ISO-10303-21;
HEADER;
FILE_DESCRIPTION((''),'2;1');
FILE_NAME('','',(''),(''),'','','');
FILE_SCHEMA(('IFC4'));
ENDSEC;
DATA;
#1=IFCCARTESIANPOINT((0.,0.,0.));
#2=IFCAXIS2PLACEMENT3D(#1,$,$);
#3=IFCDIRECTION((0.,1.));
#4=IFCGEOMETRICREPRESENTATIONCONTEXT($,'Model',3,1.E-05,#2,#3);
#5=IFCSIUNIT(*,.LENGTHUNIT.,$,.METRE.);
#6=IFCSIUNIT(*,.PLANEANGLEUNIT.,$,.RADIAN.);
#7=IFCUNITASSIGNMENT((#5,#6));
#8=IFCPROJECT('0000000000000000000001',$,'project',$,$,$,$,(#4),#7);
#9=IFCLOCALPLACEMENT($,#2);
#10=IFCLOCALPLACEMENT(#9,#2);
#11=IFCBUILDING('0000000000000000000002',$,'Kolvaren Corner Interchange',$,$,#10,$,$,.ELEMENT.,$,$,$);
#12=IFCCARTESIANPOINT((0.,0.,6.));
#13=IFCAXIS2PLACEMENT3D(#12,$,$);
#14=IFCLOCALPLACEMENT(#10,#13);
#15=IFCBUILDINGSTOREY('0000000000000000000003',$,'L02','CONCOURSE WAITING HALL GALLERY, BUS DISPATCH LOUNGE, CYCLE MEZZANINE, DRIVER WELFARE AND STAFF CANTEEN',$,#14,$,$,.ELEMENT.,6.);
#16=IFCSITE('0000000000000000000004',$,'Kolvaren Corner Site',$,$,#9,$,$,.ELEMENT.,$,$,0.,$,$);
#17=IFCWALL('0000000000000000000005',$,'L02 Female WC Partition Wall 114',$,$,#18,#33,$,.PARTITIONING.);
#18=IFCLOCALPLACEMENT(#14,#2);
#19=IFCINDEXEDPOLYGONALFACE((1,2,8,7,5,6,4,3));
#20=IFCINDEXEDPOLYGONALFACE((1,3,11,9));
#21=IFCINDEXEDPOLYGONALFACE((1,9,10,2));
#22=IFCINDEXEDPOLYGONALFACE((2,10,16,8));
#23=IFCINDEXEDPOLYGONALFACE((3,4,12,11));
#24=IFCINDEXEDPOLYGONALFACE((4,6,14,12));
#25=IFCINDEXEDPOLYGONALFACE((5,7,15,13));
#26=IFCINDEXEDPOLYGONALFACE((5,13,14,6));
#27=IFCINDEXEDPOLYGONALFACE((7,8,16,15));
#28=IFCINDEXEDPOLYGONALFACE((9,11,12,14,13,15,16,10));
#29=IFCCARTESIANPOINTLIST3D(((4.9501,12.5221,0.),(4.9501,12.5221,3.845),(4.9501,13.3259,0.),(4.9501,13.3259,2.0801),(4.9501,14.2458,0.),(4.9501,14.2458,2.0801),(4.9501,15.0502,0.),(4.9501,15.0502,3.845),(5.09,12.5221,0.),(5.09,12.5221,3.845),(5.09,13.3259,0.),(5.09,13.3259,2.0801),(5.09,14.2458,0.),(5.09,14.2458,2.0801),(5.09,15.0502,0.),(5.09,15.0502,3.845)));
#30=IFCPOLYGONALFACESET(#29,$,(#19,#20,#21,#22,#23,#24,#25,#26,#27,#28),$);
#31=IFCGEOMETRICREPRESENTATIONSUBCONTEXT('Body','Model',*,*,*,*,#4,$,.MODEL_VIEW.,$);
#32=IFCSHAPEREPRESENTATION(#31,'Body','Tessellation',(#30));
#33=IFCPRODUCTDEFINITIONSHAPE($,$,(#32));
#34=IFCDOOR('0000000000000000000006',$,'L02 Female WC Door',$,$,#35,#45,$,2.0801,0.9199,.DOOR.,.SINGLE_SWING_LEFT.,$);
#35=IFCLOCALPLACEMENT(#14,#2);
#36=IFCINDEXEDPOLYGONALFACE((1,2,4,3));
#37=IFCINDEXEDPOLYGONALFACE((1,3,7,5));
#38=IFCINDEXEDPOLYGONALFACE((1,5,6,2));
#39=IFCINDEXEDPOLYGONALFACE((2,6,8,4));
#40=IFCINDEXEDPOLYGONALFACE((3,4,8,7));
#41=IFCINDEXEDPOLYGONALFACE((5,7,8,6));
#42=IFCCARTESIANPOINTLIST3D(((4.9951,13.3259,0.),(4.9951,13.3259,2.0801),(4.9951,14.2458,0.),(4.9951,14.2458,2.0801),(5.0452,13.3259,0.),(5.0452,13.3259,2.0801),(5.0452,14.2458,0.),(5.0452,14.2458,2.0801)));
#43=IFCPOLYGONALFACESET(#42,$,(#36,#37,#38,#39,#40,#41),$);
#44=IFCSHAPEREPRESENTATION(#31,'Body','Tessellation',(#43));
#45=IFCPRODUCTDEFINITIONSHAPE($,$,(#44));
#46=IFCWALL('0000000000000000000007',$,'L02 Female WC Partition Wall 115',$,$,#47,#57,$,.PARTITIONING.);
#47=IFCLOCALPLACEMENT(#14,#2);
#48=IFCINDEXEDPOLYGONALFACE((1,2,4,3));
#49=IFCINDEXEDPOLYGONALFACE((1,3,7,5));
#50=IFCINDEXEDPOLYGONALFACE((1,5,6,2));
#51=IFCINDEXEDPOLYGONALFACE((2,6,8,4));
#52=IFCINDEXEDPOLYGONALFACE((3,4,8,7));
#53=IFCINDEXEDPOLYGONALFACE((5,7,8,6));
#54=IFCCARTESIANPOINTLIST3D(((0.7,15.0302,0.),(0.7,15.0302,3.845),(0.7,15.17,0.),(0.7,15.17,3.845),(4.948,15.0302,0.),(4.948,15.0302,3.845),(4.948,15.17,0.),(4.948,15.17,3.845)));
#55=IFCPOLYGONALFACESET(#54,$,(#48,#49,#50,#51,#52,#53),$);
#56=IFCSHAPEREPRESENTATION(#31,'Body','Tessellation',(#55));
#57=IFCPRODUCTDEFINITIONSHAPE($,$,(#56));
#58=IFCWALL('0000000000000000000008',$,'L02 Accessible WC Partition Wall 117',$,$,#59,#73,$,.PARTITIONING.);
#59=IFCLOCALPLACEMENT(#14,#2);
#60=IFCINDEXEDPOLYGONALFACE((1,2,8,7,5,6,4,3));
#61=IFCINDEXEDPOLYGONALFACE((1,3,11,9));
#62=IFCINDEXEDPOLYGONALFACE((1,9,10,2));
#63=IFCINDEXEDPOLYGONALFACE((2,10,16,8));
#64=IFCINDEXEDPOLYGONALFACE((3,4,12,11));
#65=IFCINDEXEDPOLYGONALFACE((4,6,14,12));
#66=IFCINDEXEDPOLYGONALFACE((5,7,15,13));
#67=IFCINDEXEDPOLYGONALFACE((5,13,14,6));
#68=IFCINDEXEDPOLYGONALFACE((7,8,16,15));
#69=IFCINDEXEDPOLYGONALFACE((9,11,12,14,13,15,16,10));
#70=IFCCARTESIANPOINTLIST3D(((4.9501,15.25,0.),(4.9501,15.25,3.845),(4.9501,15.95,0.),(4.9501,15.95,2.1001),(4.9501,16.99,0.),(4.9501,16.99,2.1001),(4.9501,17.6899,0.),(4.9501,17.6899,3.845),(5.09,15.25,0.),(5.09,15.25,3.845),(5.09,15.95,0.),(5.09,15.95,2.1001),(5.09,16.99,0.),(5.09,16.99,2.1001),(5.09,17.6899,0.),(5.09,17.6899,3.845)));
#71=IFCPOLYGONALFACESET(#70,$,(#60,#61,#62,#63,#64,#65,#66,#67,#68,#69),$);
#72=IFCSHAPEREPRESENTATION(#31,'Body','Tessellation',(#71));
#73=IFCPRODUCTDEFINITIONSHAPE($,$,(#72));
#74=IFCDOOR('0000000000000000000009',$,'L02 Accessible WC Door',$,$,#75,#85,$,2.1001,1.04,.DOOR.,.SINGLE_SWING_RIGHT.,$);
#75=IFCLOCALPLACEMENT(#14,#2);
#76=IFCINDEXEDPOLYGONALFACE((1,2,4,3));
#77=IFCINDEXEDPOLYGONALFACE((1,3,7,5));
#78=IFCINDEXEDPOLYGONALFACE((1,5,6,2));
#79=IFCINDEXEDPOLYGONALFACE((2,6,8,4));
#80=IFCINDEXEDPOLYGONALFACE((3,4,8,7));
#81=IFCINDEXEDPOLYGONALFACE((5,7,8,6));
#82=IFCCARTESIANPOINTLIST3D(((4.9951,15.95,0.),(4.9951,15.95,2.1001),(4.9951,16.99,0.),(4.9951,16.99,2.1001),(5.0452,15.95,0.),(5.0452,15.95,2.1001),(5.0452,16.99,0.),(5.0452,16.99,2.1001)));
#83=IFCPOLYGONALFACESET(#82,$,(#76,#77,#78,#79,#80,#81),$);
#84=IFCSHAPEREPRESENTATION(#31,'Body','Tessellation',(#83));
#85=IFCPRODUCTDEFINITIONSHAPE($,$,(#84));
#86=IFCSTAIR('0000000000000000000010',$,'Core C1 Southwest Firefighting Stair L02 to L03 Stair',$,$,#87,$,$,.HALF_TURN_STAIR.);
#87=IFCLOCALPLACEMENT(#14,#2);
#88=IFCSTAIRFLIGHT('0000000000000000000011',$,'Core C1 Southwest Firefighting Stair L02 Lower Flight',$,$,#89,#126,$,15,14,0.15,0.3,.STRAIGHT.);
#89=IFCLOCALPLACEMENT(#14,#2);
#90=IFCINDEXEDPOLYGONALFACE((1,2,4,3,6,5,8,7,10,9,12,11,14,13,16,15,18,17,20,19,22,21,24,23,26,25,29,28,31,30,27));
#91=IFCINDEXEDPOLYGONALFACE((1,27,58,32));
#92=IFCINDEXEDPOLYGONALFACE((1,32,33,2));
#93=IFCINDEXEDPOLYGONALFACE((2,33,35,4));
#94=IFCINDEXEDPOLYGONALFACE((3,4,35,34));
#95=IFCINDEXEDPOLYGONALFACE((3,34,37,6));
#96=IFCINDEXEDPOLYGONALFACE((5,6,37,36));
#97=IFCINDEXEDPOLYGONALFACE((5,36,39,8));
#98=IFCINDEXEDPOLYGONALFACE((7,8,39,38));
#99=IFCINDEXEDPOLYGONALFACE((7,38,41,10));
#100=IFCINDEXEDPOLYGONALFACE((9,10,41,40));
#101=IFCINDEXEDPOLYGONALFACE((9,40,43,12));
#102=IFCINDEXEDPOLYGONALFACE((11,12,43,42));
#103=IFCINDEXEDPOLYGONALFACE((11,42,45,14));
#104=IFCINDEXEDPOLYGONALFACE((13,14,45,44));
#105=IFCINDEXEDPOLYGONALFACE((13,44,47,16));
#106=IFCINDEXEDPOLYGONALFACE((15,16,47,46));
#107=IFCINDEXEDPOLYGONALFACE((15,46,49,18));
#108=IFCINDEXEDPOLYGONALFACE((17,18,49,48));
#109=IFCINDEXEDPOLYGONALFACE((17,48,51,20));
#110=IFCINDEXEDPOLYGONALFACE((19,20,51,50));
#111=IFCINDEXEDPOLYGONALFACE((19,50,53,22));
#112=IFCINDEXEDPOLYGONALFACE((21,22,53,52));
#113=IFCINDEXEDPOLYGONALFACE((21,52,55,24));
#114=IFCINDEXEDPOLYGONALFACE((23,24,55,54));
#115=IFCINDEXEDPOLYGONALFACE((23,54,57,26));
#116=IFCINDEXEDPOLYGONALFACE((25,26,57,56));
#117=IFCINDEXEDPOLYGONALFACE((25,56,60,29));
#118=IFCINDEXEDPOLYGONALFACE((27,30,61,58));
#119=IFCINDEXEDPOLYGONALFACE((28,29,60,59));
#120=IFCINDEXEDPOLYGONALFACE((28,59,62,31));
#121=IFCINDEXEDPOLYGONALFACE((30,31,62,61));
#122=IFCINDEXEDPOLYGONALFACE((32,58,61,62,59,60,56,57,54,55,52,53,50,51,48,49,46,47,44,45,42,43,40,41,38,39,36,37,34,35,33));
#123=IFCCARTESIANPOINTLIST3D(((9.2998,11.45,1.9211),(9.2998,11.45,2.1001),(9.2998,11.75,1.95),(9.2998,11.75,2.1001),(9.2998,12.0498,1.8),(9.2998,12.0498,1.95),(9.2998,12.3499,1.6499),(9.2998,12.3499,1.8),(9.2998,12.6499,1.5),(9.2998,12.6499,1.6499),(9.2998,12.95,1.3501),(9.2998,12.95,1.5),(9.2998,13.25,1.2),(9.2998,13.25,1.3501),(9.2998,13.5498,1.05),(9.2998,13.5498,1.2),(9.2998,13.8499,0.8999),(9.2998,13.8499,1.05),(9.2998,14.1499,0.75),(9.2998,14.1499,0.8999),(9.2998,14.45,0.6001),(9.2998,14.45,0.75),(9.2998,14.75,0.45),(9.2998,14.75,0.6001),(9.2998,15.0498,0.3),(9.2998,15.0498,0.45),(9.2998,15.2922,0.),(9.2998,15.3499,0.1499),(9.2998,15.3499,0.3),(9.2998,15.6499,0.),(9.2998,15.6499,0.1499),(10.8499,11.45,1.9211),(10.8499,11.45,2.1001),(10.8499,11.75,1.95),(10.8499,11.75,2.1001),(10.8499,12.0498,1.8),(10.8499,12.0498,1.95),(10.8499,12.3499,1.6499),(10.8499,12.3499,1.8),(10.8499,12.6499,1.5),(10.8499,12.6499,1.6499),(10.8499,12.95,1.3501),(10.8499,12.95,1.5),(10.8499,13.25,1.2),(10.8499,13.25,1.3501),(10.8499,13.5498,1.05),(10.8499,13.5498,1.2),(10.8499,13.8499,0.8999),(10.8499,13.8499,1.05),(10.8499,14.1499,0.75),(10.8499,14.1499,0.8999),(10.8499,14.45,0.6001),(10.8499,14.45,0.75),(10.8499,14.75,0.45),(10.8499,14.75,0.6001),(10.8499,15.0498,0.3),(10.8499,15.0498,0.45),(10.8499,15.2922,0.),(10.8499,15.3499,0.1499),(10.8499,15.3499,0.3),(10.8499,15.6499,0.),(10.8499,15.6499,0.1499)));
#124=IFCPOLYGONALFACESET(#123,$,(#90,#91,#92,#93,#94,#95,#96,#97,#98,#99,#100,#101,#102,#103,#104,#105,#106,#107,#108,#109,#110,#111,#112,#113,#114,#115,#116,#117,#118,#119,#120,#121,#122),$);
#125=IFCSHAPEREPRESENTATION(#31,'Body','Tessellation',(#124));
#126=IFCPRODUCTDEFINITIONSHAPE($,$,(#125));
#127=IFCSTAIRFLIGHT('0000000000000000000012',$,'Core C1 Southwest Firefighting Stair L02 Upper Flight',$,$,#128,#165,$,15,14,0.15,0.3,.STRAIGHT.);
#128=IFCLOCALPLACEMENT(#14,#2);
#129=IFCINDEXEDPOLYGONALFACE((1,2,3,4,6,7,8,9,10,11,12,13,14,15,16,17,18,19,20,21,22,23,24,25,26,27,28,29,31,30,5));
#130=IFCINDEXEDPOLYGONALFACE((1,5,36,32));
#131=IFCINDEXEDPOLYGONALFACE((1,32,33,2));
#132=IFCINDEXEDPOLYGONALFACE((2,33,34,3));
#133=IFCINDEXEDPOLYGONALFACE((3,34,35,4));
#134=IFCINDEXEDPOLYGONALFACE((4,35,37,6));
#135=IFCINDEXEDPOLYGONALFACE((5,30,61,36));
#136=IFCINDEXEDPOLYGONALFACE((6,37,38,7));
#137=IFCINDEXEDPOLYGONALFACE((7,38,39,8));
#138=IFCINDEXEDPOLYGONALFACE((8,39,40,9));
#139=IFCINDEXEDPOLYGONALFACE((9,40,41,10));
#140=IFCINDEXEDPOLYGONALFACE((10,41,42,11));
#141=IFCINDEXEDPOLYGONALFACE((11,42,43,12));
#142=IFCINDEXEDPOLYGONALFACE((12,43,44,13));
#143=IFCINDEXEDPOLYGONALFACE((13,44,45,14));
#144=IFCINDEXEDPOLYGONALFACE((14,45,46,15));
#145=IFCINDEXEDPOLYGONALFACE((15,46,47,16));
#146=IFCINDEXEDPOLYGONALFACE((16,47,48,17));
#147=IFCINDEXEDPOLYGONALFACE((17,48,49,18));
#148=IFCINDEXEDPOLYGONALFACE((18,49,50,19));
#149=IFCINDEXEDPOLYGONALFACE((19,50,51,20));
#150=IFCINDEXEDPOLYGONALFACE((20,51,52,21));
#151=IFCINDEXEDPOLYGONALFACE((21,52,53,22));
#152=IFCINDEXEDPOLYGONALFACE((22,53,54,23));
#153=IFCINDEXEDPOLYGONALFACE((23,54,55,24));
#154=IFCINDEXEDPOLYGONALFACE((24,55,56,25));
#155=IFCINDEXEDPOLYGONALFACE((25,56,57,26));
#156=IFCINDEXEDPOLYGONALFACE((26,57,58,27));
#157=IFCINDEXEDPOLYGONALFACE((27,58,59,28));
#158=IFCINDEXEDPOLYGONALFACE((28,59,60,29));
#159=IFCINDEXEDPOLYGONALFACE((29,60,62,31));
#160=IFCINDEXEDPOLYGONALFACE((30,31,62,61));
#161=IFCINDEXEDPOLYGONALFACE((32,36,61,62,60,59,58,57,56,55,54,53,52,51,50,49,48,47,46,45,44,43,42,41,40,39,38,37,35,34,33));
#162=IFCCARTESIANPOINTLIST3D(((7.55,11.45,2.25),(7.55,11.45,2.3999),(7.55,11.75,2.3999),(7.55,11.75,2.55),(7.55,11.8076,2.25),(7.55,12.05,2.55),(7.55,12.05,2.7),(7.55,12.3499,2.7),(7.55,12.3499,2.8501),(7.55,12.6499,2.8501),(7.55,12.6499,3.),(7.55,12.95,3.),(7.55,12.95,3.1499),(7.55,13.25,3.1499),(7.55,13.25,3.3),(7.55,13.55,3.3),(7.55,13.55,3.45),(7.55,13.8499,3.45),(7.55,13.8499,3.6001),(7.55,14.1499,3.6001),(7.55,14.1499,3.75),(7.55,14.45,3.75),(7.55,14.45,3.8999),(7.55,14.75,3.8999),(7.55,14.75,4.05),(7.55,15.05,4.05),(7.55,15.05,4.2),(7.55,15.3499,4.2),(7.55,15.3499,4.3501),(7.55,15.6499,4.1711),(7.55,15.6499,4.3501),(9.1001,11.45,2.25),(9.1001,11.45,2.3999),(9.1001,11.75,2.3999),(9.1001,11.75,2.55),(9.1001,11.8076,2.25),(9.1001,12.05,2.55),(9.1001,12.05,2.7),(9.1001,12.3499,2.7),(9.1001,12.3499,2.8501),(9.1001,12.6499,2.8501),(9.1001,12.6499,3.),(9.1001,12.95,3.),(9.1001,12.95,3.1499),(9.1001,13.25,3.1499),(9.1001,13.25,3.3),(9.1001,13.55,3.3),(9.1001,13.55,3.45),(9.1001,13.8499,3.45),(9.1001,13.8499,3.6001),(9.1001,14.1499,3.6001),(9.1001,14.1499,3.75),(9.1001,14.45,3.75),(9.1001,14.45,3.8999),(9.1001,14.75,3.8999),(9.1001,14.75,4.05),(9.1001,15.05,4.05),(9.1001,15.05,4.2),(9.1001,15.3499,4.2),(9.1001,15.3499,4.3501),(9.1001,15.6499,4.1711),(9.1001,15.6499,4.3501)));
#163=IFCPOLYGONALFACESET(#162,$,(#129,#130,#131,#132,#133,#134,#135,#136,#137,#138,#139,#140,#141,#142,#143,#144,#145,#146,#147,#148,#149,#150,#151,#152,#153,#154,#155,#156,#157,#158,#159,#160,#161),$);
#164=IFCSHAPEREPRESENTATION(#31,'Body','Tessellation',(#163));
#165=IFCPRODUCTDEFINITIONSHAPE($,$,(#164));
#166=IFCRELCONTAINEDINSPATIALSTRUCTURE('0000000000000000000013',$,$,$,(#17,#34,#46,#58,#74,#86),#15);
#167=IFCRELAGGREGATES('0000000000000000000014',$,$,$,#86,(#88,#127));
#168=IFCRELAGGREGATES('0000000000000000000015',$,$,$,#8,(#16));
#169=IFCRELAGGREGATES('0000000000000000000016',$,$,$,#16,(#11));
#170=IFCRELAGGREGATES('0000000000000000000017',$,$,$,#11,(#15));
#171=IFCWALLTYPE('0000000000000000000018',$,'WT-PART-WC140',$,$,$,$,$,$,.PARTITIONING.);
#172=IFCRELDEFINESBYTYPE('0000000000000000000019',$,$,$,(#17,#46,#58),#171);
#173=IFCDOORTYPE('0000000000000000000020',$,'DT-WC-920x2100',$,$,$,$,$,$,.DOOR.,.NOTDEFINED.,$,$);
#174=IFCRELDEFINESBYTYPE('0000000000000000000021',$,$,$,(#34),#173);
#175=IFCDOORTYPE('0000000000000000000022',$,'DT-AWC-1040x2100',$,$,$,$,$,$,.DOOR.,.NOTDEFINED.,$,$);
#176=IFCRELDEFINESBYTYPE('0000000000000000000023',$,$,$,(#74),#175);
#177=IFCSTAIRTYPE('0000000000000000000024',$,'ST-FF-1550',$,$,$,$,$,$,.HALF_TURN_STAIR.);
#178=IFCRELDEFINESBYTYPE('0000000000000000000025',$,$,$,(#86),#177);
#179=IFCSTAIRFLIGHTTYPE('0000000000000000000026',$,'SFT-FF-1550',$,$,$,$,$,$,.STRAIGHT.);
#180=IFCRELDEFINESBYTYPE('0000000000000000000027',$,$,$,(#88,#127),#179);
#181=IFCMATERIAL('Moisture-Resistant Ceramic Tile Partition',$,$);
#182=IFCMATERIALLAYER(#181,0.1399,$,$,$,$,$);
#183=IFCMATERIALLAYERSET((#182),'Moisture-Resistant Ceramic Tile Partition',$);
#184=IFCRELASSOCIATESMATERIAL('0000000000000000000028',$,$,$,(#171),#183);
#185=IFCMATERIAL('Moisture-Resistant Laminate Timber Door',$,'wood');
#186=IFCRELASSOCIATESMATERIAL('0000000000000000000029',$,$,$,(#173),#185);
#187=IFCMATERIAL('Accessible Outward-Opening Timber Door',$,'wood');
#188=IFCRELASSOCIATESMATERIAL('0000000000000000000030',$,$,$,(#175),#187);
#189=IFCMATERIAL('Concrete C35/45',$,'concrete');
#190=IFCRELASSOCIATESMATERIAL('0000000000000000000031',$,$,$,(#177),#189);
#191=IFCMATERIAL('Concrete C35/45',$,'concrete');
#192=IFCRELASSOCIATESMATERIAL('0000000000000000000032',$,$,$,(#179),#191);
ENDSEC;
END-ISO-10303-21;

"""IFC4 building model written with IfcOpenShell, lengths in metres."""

from ifc_helpers import new_model, si_unit, direction, frame, frame_2d, origin, place, context, subcontext, project, spatial, polyline, rectangle, outline, extrude, material, layer, layer_set, type_object, element, fill, aggregate, save


model = new_model("IFC4")

# Units and contexts
model_context = context("Model", 3, precision=1e-05, world=origin(), true_north=direction((0.0, 1.0)))
body_context = subcontext(model_context, "Body", "Model", "MODEL_VIEW")
ifc_project = project(units=[si_unit("LENGTHUNIT", "METRE"), si_unit("PLANEANGLEUNIT", "RADIAN")], contexts=[model_context])

# Site, building, storey
site_placement = place(None, origin())
site = spatial("IfcSite", under=ifc_project, at=site_placement, Name="Kolvaren Corner Site", CompositionType="ELEMENT", RefElevation=0.0)
building_placement = place(site_placement, origin())
building = spatial("IfcBuilding", under=site, at=building_placement, Name="Kolvaren Corner Interchange", CompositionType="ELEMENT")
storey_placement = place(building_placement, frame((0.0, 0.0, 6.0)))
storey = spatial("IfcBuildingStorey", under=building, at=storey_placement, Name="L02", Description="CONCOURSE WAITING HALL GALLERY, BUS DISPATCH LOUNGE, CYCLE MEZZANINE, DRIVER WELFARE AND STAFF CANTEEN", CompositionType="ELEMENT", Elevation=6.0)

# Shared definitions
ifc_material_1 = material(Name="Moisture-Resistant Ceramic Tile Partition")
ifc_layer_1 = layer(ifc_material_1, 0.1399)
ifc_layer_set_1 = layer_set([ifc_layer_1], Name="Moisture-Resistant Ceramic Tile Partition")
wall_type_1 = type_object("IfcWallType", Name="WT-PART-WC140", PredefinedType="PARTITIONING", material=ifc_layer_set_1)
ifc_material_2 = material(Name="Moisture-Resistant Laminate Timber Door", Category="wood")
door_type_1 = type_object("IfcDoorType", Name="DT-WC-920x2100", OperationType="NOTDEFINED", PredefinedType="DOOR", material=ifc_material_2)

# Wall, opening, door
wall_1_placement = place(storey_placement, frame((5.02, 12.522, 0.0), z_axis=(0.0, 0.0, 1.0), x_axis=(0.0, 1.0, 0.0)))
wall_1 = element("IfcWall", 1, at=wall_1_placement, inside=storey, type_object=wall_type_1, Name="L02 Female WC Partition Wall 114", PredefinedType="PARTITIONING", context=body_context, shape_type="SweptSolid", body=[
    extrude(rectangle(XDim=2.5281, YDim=0.1399, at=frame_2d((1.2642, 0.0))), origin(), (0.0, 0.0, 1.0), 3.845),
])
opening_1_placement = place(wall_1_placement, frame((0.804, 0.0, 0.0)))
opening_1 = element("IfcOpeningElement", 2, at=opening_1_placement, cuts=wall_1, PredefinedType="OPENING", context=body_context, shape_type="SweptSolid", body=[
    extrude(rectangle(XDim=0.9199, YDim=2.0801, at=frame_2d((0.46, 1.04))), frame((0.0, 0.0798, 0.0), z_axis=(0.0, -1.0, 0.0), x_axis=(1.0, 0.0, 0.0)), (0.0, 0.0, 1.0), 0.1599),
])
door_1_placement = place(opening_1_placement, origin())
door_1 = element("IfcDoor", 3, at=door_1_placement, inside=storey, type_object=door_type_1, Name="L02 Female WC Door", OperationType="SINGLE_SWING_LEFT", OverallHeight=2.0801, OverallWidth=0.9199, PredefinedType="DOOR", context=body_context, shape_type="SweptSolid", body=[
    extrude(rectangle(XDim=0.9199, YDim=2.0801, at=frame_2d((0.46, 1.04))), frame((0.0, 0.0249, 0.0), z_axis=(0.0, -1.0, 0.0), x_axis=(1.0, 0.0, 0.0)), (0.0, 0.0, 1.0), 0.05),
])
fill(opening_1, door_1)

# Wall
wall_2_placement = place(storey_placement, frame((4.948, 15.1001, 0.0), z_axis=(0.0, 0.0, 1.0), x_axis=(-1.0, 0.0, 0.0)))
element("IfcWall", 4, at=wall_2_placement, inside=storey, type_object=wall_type_1, Name="L02 Female WC Partition Wall 115", PredefinedType="PARTITIONING", context=body_context, shape_type="SweptSolid", body=[
    extrude(rectangle(XDim=4.248, YDim=0.1399, at=frame_2d((2.124, 0.0))), origin(), (0.0, 0.0, 1.0), 3.845),
])

# Wall, opening, door
wall_3_placement = place(storey_placement, frame((5.02, 15.25, 0.0), z_axis=(0.0, 0.0, 1.0), x_axis=(0.0, 1.0, 0.0)))
wall_3 = element("IfcWall", 5, at=wall_3_placement, inside=storey, type_object=wall_type_1, Name="L02 Accessible WC Partition Wall 117", PredefinedType="PARTITIONING", context=body_context, shape_type="SweptSolid", body=[
    extrude(rectangle(XDim=2.4399, YDim=0.1399, at=frame_2d((1.22, 0.0))), origin(), (0.0, 0.0, 1.0), 3.845),
])
opening_2_placement = place(wall_3_placement, frame((0.7, 0.0, 0.0)))
opening_2 = element("IfcOpeningElement", 6, at=opening_2_placement, cuts=wall_3, PredefinedType="OPENING", context=body_context, shape_type="SweptSolid", body=[
    extrude(rectangle(XDim=1.04, YDim=2.1001, at=frame_2d((0.52, 1.05))), frame((0.0, 0.0798, 0.0), z_axis=(0.0, -1.0, 0.0), x_axis=(1.0, 0.0, 0.0)), (0.0, 0.0, 1.0), 0.1599),
])
ifc_material_3 = material(Name="Accessible Outward-Opening Timber Door", Category="wood")
door_type_2 = type_object("IfcDoorType", Name="DT-AWC-1040x2100", OperationType="NOTDEFINED", PredefinedType="DOOR", material=ifc_material_3)
door_2_placement = place(opening_2_placement, origin())
door_2 = element("IfcDoor", 7, at=door_2_placement, inside=storey, type_object=door_type_2, Name="L02 Accessible WC Door", OperationType="SINGLE_SWING_RIGHT", OverallHeight=2.1001, OverallWidth=1.04, PredefinedType="DOOR", context=body_context, shape_type="SweptSolid", body=[
    extrude(rectangle(XDim=1.04, YDim=2.1001, at=frame_2d((0.52, 1.05))), frame((0.0, 0.0249, 0.0), z_axis=(0.0, -1.0, 0.0), x_axis=(1.0, 0.0, 0.0)), (0.0, 0.0, 1.0), 0.05),
])
fill(opening_2, door_2)

# Stair, stair flights
ifc_material_4 = material(Name="Concrete C35/45", Category="concrete")
stair_type = type_object("IfcStairType", Name="ST-FF-1550", PredefinedType="HALF_TURN_STAIR", material=ifc_material_4)
stair_placement = place(storey_placement, origin())
stair = element("IfcStair", 8, at=stair_placement, inside=storey, type_object=stair_type, Name="Core C1 Southwest Firefighting Stair L02 to L03 Stair", PredefinedType="HALF_TURN_STAIR")
ifc_material_5 = material(Name="Concrete C35/45", Category="concrete")
stair_flight_type = type_object("IfcStairFlightType", Name="SFT-FF-1550", PredefinedType="STRAIGHT", material=ifc_material_5)
stair_flight_1_placement = place(storey_placement, frame((10.075, 15.6499, 0.0), z_axis=(0.0, 0.0, 1.0), x_axis=(0.0, -1.0, 0.0)))
stair_flight_1 = element("IfcStairFlight", 9, at=stair_flight_1_placement, type_object=stair_flight_type, Name="Core C1 Southwest Firefighting Stair L02 Lower Flight", NumberOfRisers=15, NumberOfTreads=14, PredefinedType="STRAIGHT", RiserHeight=0.15, TreadLength=0.3, context=body_context, shape_type="SweptSolid", body=[
    extrude(outline(polyline([(0.0, 0.0), (0.0, 0.1499), (0.3, 0.1499), (0.3, 0.3), (0.6001, 0.3), (0.6001, 0.45), (0.8999, 0.45), (0.8999, 0.6001), (1.2, 0.6001), (1.2, 0.75), (1.5, 0.75), (1.5, 0.8999), (1.8, 0.8999), (1.8, 1.05), (2.1001, 1.05), (2.1001, 1.2), (2.3999, 1.2), (2.3999, 1.3501), (2.7, 1.3501), (2.7, 1.5), (3.0, 1.5), (3.0, 1.6499), (3.3, 1.6499), (3.3, 1.8), (3.6001, 1.8), (3.6001, 1.95), (3.8999, 1.95), (3.8999, 2.1001), (4.2, 2.1001), (4.2, 2.25), (4.2, 1.9211), (0.3577, 0.0), (0.0, 0.0)])), frame((0.0, 0.7749, 0.0), z_axis=(0.0, -1.0, 0.0), x_axis=(1.0, 0.0, 0.0)), (0.0, 0.0, 1.0), 1.55),
])
stair_flight_2_placement = place(storey_placement, frame((8.325, 11.45, 2.25), z_axis=(0.0, 0.0, 1.0), x_axis=(0.0, 1.0, 0.0)))
stair_flight_2 = element("IfcStairFlight", 10, at=stair_flight_2_placement, type_object=stair_flight_type, Name="Core C1 Southwest Firefighting Stair L02 Upper Flight", NumberOfRisers=15, NumberOfTreads=14, PredefinedType="STRAIGHT", RiserHeight=0.15, TreadLength=0.3, context=body_context, shape_type="SweptSolid", body=[
    extrude(outline(polyline([(0.0, 0.0), (0.0, 0.1499), (0.3, 0.1499), (0.3, 0.3), (0.6001, 0.3), (0.6001, 0.45), (0.8999, 0.45), (0.8999, 0.6001), (1.2, 0.6001), (1.2, 0.75), (1.5, 0.75), (1.5, 0.8999), (1.8, 0.8999), (1.8, 1.05), (2.1001, 1.05), (2.1001, 1.2), (2.3999, 1.2), (2.3999, 1.3501), (2.7, 1.3501), (2.7, 1.5), (3.0, 1.5), (3.0, 1.6499), (3.3, 1.6499), (3.3, 1.8), (3.6001, 1.8), (3.6001, 1.95), (3.8999, 1.95), (3.8999, 2.1001), (4.2, 2.1001), (4.2, 2.25), (4.2, 1.9211), (0.3577, 0.0), (0.0, 0.0)])), frame((0.0, 0.7749, 0.0), z_axis=(0.0, -1.0, 0.0), x_axis=(1.0, 0.0, 0.0)), (0.0, 0.0, 1.0), 1.55),
])

aggregate(stair, [stair_flight_1, stair_flight_2])

save(model, "model.ifc")
